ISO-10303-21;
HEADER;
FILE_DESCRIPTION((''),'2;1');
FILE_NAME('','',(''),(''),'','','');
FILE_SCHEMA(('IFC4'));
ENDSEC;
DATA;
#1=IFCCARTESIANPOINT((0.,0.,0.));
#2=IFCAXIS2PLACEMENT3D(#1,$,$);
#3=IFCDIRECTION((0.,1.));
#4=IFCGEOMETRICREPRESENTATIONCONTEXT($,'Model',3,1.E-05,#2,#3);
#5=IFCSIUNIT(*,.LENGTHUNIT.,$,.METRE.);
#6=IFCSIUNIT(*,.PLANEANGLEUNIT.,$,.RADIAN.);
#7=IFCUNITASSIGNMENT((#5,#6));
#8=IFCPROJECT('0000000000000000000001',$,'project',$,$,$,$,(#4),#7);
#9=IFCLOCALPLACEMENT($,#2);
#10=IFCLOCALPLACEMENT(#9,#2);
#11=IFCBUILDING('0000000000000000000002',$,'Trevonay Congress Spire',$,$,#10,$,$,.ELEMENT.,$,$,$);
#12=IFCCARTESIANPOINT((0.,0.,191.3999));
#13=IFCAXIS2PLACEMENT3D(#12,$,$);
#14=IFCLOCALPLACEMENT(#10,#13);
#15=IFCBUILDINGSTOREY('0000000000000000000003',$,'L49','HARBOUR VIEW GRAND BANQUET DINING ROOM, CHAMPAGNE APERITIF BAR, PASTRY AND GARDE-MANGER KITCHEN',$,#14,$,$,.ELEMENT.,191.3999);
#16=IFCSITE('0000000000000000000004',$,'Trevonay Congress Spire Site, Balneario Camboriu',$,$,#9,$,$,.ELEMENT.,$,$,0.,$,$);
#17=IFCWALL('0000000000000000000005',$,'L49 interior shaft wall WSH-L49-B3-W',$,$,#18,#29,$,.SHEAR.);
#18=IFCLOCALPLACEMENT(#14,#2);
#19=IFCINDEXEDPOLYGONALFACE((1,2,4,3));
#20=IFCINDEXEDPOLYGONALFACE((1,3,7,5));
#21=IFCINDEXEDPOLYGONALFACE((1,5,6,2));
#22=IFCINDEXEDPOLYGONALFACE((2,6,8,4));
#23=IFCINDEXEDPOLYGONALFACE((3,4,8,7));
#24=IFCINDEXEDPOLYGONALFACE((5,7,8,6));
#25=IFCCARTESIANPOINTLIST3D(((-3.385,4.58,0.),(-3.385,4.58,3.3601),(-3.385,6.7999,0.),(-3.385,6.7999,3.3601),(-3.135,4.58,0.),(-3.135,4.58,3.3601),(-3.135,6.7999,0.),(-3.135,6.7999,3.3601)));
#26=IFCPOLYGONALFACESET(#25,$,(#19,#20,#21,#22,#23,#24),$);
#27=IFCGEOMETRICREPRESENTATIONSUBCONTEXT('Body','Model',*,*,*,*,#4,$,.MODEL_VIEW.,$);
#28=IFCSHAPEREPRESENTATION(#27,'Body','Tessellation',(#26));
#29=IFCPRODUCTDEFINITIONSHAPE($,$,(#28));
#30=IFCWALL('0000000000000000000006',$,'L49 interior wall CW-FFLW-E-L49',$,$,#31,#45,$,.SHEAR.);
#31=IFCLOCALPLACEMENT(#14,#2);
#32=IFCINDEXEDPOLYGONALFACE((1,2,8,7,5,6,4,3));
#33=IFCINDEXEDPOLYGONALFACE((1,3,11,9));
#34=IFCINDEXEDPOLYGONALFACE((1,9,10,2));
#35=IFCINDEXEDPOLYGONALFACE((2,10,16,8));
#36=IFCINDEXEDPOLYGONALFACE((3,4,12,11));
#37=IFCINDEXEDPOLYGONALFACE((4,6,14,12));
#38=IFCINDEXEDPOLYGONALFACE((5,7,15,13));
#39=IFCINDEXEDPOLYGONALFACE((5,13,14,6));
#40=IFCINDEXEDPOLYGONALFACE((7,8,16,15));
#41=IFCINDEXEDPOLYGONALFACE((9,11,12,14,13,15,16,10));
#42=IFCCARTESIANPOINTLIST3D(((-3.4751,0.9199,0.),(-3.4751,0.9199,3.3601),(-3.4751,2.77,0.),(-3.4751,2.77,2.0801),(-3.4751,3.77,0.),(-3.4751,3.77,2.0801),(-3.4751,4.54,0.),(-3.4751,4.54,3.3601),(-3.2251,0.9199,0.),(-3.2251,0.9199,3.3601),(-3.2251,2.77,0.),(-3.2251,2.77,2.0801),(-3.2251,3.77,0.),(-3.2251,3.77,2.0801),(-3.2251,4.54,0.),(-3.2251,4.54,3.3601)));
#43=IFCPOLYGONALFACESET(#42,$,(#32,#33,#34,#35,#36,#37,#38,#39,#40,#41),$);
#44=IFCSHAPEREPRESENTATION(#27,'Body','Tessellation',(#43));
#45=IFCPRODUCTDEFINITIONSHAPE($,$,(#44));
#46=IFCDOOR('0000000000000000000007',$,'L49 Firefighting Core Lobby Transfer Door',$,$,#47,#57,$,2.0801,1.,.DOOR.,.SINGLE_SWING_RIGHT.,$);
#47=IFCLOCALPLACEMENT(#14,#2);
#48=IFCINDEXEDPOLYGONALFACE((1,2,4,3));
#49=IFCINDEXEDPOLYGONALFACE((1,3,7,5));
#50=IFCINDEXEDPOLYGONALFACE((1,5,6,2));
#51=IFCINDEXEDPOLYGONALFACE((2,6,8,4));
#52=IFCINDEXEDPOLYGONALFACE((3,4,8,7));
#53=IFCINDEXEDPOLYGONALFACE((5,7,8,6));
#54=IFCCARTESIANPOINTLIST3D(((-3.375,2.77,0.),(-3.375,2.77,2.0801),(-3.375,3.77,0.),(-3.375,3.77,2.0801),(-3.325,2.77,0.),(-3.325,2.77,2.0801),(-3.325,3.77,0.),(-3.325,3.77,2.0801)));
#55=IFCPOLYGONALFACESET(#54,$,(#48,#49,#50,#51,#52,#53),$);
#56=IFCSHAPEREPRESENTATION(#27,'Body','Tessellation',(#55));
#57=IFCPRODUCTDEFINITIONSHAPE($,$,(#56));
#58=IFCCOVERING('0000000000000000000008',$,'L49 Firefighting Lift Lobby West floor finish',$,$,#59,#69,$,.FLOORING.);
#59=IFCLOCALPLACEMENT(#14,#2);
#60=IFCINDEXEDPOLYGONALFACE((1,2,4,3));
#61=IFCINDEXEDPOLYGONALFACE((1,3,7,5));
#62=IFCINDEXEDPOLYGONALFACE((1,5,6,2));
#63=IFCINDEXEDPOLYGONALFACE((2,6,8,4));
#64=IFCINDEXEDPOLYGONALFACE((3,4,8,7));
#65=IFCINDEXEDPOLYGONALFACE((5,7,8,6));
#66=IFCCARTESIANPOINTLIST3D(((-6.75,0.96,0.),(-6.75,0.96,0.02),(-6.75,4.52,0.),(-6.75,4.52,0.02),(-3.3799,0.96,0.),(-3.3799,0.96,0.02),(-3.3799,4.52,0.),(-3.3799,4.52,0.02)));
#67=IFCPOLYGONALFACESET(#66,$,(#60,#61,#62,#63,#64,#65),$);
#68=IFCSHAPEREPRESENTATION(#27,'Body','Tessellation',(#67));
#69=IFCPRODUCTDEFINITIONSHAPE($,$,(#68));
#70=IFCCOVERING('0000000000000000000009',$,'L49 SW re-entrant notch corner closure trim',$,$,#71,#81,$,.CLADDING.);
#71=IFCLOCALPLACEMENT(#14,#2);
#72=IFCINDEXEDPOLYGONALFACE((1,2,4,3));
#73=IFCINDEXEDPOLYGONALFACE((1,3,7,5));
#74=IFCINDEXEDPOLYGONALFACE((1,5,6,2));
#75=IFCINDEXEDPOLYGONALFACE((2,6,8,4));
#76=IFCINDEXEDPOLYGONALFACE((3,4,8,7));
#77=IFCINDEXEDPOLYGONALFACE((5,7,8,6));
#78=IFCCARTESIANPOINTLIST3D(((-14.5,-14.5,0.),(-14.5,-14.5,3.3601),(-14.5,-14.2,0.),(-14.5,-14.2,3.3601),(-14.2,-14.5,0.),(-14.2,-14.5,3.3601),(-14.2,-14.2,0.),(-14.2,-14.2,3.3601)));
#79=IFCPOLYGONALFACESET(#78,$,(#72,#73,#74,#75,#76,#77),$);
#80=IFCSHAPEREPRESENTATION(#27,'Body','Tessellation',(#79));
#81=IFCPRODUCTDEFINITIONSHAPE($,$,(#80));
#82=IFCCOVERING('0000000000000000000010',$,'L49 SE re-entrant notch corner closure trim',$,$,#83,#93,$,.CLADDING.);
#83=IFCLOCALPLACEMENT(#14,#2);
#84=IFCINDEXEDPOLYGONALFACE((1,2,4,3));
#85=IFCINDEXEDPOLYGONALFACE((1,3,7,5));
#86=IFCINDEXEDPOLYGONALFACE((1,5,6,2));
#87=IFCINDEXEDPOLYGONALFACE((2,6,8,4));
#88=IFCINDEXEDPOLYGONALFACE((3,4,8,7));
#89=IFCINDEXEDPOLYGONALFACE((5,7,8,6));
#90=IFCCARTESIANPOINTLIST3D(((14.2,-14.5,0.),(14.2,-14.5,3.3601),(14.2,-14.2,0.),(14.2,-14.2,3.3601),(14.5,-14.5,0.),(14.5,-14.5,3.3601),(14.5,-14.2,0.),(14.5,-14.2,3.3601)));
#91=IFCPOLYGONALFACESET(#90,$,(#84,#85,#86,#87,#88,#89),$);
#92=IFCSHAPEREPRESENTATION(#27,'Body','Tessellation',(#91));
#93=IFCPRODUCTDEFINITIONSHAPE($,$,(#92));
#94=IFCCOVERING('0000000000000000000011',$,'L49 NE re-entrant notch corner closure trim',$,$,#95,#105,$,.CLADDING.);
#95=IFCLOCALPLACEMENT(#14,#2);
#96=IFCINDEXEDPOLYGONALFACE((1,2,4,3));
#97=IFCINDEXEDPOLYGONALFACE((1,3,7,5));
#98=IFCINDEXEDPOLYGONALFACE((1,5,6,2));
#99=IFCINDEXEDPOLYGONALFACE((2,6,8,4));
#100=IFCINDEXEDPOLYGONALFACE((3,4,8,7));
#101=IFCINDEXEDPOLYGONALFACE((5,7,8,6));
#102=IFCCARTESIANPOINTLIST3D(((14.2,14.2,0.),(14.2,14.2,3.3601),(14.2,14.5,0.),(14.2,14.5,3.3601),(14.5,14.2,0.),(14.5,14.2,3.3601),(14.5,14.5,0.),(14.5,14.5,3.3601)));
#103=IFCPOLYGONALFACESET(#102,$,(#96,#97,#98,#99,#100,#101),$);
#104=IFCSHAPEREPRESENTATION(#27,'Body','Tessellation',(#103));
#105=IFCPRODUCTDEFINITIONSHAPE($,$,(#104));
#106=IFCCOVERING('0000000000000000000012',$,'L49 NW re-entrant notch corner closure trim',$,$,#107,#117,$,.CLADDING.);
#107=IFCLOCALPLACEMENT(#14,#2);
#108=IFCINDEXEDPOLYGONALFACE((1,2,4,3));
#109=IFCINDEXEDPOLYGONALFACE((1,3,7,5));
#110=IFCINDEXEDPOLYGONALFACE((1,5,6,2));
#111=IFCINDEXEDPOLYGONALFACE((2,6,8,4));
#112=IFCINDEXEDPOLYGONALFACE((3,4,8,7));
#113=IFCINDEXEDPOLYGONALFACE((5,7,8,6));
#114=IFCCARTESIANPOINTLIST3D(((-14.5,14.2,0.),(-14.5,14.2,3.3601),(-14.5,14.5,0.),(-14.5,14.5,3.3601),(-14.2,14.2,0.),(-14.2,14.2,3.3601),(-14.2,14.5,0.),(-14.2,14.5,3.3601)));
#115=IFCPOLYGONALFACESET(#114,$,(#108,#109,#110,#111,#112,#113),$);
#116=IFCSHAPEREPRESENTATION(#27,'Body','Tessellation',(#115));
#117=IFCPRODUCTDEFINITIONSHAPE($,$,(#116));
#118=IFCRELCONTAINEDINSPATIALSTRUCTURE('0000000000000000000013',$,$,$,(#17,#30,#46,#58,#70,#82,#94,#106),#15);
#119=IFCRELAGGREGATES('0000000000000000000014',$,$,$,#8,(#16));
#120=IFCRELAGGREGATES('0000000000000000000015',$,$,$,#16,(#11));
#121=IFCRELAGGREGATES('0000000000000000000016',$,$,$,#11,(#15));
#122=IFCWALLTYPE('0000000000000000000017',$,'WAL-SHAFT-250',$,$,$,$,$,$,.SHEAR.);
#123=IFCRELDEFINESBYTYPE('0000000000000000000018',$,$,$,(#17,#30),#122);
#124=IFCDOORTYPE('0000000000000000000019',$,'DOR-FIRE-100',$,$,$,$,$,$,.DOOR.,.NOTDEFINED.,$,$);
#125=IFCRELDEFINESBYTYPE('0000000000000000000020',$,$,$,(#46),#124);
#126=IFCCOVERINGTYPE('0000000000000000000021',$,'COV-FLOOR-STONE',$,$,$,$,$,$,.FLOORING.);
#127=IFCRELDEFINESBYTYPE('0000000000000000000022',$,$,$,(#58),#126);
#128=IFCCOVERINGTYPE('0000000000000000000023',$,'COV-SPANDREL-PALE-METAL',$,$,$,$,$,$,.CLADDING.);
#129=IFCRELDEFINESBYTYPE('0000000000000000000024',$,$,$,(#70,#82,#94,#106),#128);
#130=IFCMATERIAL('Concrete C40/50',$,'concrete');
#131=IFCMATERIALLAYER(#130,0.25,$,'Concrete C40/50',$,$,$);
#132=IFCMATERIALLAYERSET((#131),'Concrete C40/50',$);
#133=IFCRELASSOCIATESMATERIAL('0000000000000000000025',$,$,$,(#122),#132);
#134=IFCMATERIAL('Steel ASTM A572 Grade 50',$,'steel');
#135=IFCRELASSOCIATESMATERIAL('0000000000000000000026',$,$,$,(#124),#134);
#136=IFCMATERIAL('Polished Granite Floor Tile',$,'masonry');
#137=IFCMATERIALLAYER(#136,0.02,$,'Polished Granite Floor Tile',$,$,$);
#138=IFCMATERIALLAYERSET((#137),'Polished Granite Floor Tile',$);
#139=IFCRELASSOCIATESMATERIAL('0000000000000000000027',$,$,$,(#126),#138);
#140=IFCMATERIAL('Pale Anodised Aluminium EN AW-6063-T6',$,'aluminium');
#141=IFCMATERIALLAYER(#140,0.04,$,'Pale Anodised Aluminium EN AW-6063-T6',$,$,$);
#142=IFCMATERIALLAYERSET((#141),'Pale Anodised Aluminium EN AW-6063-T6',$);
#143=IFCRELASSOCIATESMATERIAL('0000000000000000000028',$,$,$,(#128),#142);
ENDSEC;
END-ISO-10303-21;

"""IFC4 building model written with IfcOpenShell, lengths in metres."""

from ifc_helpers import new_model, si_unit, direction, frame, frame_2d, origin, place, context, subcontext, project, spatial, polyline, rectangle, outline, extrude, material, layer, layer_set, type_object, element, fill, save


model = new_model("IFC4")

# Units and contexts
model_context = context("Model", 3, precision=1e-05, world=origin(), true_north=direction((0.0, 1.0)))
body_context = subcontext(model_context, "Body", "Model", "MODEL_VIEW")
ifc_project = project(units=[si_unit("LENGTHUNIT", "METRE"), si_unit("PLANEANGLEUNIT", "RADIAN")], contexts=[model_context])

# Site, building, storey
site_placement = place(None, origin())
site = spatial("IfcSite", under=ifc_project, at=site_placement, Name="Trevonay Congress Spire Site, Balneario Camboriu", CompositionType="ELEMENT", RefElevation=0.0)
building_placement = place(site_placement, origin())
building = spatial("IfcBuilding", under=site, at=building_placement, Name="Trevonay Congress Spire", CompositionType="ELEMENT")
storey_placement = place(building_placement, frame((0.0, 0.0, 191.3999)))
storey = spatial("IfcBuildingStorey", under=building, at=storey_placement, Name="L49", Description="HARBOUR VIEW GRAND BANQUET DINING ROOM, CHAMPAGNE APERITIF BAR, PASTRY AND GARDE-MANGER KITCHEN", CompositionType="ELEMENT", Elevation=191.3999)

# Shared definitions
ifc_material_1 = material(Name="Steel ASTM A572 Grade 50", Category="steel")

# Shared definitions
ifc_material_2 = material(Name="Concrete C40/50", Category="concrete")

# Shared definitions
ifc_layer_1 = layer(ifc_material_2, 0.25, Name="Concrete C40/50")
ifc_layer_set_1 = layer_set([ifc_layer_1], Name="Concrete C40/50")
wall_type_1 = type_object("IfcWallType", Name="WAL-SHAFT-250", PredefinedType="SHEAR", material=ifc_layer_set_1)
ifc_material_3 = material(Name="Pale Anodised Aluminium EN AW-6063-T6", Category="aluminium")

# Wall
wall_1_placement = place(storey_placement, frame((-3.26, 4.5801, 0.0), z_axis=(0.0, 0.0, 1.0), x_axis=(0.0, 1.0, 0.0)))
element("IfcWall", 1, at=wall_1_placement, inside=storey, type_object=wall_type_1, Name="L49 interior shaft wall WSH-L49-B3-W", PredefinedType="SHEAR", context=body_context, shape_type="SweptSolid", body=[
    extrude(rectangle(XDim=2.22, YDim=0.25, at=frame_2d((1.1099, 0.0))), origin(), (0.0, 0.0, 1.0), 3.3601),
])

# Wall, opening, door
wall_2_placement = place(storey_placement, frame((-3.3501, 0.9199, 0.0), z_axis=(0.0, 0.0, 1.0), x_axis=(0.0, 1.0, 0.0)))
wall_2 = element("IfcWall", 2, at=wall_2_placement, inside=storey, type_object=wall_type_1, Name="L49 interior wall CW-FFLW-E-L49", PredefinedType="SHEAR", context=body_context, shape_type="SweptSolid", body=[
    extrude(rectangle(XDim=3.6201, YDim=0.25, at=frame_2d((1.8101, 0.0))), origin(), (0.0, 0.0, 1.0), 3.3601),
])
opening_1_placement = place(wall_2_placement, frame((1.8501, 0.0, 0.0)))
opening_1 = element("IfcOpeningElement", 3, at=opening_1_placement, cuts=wall_2, PredefinedType="OPENING", context=body_context, shape_type="SweptSolid", body=[
    extrude(rectangle(XDim=1.0, YDim=2.0801, at=frame_2d((0.5, 1.04))), frame((0.0, 0.135, 0.0), z_axis=(0.0, -1.0, 0.0), x_axis=(1.0, 0.0, 0.0)), (0.0, 0.0, 1.0), 0.27),
])
door_type_1 = type_object("IfcDoorType", Name="DOR-FIRE-100", OperationType="NOTDEFINED", PredefinedType="DOOR", material=ifc_material_1)
door_1_placement = place(opening_1_placement, origin())
door_1 = element("IfcDoor", 4, at=door_1_placement, inside=storey, type_object=door_type_1, Name="L49 Firefighting Core Lobby Transfer Door", OperationType="SINGLE_SWING_RIGHT", OverallHeight=2.0801, OverallWidth=1.0, PredefinedType="DOOR", context=body_context, shape_type="SweptSolid", body=[
    extrude(rectangle(XDim=1.0, YDim=2.0801, at=frame_2d((0.5, 1.04))), frame((0.0, 0.0249, 0.0), z_axis=(0.0, -1.0, 0.0), x_axis=(1.0, 0.0, 0.0)), (0.0, 0.0, 1.0), 0.05),
])
fill(opening_1, door_1)

# Coverings
ifc_material_4 = material(Name="Polished Granite Floor Tile", Category="masonry")
ifc_layer_2 = layer(ifc_material_4, 0.02, Name="Polished Granite Floor Tile")
ifc_layer_set_2 = layer_set([ifc_layer_2], Name="Polished Granite Floor Tile")
covering_type_1 = type_object("IfcCoveringType", Name="COV-FLOOR-STONE", PredefinedType="FLOORING", material=ifc_layer_set_2)
covering_1_placement = place(storey_placement, origin())
element("IfcCovering", 5, at=covering_1_placement, inside=storey, type_object=covering_type_1, Name="L49 Firefighting Lift Lobby West floor finish", PredefinedType="FLOORING", context=body_context, shape_type="SweptSolid", body=[
    extrude(outline(polyline([(-6.75, 0.96), (-3.3799, 0.96), (-3.3799, 4.52), (-6.75, 4.52), (-6.75, 0.96)])), origin(), (0.0, 0.0, 1.0), 0.02),
])
ifc_layer_3 = layer(ifc_material_3, 0.04, Name="Pale Anodised Aluminium EN AW-6063-T6")
ifc_layer_set_3 = layer_set([ifc_layer_3], Name="Pale Anodised Aluminium EN AW-6063-T6")
covering_type_2 = type_object("IfcCoveringType", Name="COV-SPANDREL-PALE-METAL", PredefinedType="CLADDING", material=ifc_layer_set_3)
covering_2_placement = place(storey_placement, origin())
element("IfcCovering", 6, at=covering_2_placement, inside=storey, type_object=covering_type_2, Name="L49 SW re-entrant notch corner closure trim", PredefinedType="CLADDING", context=body_context, shape_type="SweptSolid", body=[
    extrude(outline(polyline([(-14.5, -14.5), (-14.2, -14.5), (-14.2, -14.2), (-14.5, -14.2), (-14.5, -14.5)])), origin(), (0.0, 0.0, 1.0), 3.3601),
])
covering_3_placement = place(storey_placement, origin())
element("IfcCovering", 7, at=covering_3_placement, inside=storey, type_object=covering_type_2, Name="L49 SE re-entrant notch corner closure trim", PredefinedType="CLADDING", context=body_context, shape_type="SweptSolid", body=[
    extrude(outline(polyline([(14.2, -14.5), (14.5, -14.5), (14.5, -14.2), (14.2, -14.2), (14.2, -14.5)])), origin(), (0.0, 0.0, 1.0), 3.3601),
])
covering_4_placement = place(storey_placement, origin())
element("IfcCovering", 8, at=covering_4_placement, inside=storey, type_object=covering_type_2, Name="L49 NE re-entrant notch corner closure trim", PredefinedType="CLADDING", context=body_context, shape_type="SweptSolid", body=[
    extrude(outline(polyline([(14.2, 14.2), (14.5, 14.2), (14.5, 14.5), (14.2, 14.5), (14.2, 14.2)])), origin(), (0.0, 0.0, 1.0), 3.3601),
])
covering_5_placement = place(storey_placement, origin())
element("IfcCovering", 9, at=covering_5_placement, inside=storey, type_object=covering_type_2, Name="L49 NW re-entrant notch corner closure trim", PredefinedType="CLADDING", context=body_context, shape_type="SweptSolid", body=[
    extrude(outline(polyline([(-14.5, 14.2), (-14.2, 14.2), (-14.2, 14.5), (-14.5, 14.5), (-14.5, 14.2)])), origin(), (0.0, 0.0, 1.0), 3.3601),
])

save(model, "model.ifc")
